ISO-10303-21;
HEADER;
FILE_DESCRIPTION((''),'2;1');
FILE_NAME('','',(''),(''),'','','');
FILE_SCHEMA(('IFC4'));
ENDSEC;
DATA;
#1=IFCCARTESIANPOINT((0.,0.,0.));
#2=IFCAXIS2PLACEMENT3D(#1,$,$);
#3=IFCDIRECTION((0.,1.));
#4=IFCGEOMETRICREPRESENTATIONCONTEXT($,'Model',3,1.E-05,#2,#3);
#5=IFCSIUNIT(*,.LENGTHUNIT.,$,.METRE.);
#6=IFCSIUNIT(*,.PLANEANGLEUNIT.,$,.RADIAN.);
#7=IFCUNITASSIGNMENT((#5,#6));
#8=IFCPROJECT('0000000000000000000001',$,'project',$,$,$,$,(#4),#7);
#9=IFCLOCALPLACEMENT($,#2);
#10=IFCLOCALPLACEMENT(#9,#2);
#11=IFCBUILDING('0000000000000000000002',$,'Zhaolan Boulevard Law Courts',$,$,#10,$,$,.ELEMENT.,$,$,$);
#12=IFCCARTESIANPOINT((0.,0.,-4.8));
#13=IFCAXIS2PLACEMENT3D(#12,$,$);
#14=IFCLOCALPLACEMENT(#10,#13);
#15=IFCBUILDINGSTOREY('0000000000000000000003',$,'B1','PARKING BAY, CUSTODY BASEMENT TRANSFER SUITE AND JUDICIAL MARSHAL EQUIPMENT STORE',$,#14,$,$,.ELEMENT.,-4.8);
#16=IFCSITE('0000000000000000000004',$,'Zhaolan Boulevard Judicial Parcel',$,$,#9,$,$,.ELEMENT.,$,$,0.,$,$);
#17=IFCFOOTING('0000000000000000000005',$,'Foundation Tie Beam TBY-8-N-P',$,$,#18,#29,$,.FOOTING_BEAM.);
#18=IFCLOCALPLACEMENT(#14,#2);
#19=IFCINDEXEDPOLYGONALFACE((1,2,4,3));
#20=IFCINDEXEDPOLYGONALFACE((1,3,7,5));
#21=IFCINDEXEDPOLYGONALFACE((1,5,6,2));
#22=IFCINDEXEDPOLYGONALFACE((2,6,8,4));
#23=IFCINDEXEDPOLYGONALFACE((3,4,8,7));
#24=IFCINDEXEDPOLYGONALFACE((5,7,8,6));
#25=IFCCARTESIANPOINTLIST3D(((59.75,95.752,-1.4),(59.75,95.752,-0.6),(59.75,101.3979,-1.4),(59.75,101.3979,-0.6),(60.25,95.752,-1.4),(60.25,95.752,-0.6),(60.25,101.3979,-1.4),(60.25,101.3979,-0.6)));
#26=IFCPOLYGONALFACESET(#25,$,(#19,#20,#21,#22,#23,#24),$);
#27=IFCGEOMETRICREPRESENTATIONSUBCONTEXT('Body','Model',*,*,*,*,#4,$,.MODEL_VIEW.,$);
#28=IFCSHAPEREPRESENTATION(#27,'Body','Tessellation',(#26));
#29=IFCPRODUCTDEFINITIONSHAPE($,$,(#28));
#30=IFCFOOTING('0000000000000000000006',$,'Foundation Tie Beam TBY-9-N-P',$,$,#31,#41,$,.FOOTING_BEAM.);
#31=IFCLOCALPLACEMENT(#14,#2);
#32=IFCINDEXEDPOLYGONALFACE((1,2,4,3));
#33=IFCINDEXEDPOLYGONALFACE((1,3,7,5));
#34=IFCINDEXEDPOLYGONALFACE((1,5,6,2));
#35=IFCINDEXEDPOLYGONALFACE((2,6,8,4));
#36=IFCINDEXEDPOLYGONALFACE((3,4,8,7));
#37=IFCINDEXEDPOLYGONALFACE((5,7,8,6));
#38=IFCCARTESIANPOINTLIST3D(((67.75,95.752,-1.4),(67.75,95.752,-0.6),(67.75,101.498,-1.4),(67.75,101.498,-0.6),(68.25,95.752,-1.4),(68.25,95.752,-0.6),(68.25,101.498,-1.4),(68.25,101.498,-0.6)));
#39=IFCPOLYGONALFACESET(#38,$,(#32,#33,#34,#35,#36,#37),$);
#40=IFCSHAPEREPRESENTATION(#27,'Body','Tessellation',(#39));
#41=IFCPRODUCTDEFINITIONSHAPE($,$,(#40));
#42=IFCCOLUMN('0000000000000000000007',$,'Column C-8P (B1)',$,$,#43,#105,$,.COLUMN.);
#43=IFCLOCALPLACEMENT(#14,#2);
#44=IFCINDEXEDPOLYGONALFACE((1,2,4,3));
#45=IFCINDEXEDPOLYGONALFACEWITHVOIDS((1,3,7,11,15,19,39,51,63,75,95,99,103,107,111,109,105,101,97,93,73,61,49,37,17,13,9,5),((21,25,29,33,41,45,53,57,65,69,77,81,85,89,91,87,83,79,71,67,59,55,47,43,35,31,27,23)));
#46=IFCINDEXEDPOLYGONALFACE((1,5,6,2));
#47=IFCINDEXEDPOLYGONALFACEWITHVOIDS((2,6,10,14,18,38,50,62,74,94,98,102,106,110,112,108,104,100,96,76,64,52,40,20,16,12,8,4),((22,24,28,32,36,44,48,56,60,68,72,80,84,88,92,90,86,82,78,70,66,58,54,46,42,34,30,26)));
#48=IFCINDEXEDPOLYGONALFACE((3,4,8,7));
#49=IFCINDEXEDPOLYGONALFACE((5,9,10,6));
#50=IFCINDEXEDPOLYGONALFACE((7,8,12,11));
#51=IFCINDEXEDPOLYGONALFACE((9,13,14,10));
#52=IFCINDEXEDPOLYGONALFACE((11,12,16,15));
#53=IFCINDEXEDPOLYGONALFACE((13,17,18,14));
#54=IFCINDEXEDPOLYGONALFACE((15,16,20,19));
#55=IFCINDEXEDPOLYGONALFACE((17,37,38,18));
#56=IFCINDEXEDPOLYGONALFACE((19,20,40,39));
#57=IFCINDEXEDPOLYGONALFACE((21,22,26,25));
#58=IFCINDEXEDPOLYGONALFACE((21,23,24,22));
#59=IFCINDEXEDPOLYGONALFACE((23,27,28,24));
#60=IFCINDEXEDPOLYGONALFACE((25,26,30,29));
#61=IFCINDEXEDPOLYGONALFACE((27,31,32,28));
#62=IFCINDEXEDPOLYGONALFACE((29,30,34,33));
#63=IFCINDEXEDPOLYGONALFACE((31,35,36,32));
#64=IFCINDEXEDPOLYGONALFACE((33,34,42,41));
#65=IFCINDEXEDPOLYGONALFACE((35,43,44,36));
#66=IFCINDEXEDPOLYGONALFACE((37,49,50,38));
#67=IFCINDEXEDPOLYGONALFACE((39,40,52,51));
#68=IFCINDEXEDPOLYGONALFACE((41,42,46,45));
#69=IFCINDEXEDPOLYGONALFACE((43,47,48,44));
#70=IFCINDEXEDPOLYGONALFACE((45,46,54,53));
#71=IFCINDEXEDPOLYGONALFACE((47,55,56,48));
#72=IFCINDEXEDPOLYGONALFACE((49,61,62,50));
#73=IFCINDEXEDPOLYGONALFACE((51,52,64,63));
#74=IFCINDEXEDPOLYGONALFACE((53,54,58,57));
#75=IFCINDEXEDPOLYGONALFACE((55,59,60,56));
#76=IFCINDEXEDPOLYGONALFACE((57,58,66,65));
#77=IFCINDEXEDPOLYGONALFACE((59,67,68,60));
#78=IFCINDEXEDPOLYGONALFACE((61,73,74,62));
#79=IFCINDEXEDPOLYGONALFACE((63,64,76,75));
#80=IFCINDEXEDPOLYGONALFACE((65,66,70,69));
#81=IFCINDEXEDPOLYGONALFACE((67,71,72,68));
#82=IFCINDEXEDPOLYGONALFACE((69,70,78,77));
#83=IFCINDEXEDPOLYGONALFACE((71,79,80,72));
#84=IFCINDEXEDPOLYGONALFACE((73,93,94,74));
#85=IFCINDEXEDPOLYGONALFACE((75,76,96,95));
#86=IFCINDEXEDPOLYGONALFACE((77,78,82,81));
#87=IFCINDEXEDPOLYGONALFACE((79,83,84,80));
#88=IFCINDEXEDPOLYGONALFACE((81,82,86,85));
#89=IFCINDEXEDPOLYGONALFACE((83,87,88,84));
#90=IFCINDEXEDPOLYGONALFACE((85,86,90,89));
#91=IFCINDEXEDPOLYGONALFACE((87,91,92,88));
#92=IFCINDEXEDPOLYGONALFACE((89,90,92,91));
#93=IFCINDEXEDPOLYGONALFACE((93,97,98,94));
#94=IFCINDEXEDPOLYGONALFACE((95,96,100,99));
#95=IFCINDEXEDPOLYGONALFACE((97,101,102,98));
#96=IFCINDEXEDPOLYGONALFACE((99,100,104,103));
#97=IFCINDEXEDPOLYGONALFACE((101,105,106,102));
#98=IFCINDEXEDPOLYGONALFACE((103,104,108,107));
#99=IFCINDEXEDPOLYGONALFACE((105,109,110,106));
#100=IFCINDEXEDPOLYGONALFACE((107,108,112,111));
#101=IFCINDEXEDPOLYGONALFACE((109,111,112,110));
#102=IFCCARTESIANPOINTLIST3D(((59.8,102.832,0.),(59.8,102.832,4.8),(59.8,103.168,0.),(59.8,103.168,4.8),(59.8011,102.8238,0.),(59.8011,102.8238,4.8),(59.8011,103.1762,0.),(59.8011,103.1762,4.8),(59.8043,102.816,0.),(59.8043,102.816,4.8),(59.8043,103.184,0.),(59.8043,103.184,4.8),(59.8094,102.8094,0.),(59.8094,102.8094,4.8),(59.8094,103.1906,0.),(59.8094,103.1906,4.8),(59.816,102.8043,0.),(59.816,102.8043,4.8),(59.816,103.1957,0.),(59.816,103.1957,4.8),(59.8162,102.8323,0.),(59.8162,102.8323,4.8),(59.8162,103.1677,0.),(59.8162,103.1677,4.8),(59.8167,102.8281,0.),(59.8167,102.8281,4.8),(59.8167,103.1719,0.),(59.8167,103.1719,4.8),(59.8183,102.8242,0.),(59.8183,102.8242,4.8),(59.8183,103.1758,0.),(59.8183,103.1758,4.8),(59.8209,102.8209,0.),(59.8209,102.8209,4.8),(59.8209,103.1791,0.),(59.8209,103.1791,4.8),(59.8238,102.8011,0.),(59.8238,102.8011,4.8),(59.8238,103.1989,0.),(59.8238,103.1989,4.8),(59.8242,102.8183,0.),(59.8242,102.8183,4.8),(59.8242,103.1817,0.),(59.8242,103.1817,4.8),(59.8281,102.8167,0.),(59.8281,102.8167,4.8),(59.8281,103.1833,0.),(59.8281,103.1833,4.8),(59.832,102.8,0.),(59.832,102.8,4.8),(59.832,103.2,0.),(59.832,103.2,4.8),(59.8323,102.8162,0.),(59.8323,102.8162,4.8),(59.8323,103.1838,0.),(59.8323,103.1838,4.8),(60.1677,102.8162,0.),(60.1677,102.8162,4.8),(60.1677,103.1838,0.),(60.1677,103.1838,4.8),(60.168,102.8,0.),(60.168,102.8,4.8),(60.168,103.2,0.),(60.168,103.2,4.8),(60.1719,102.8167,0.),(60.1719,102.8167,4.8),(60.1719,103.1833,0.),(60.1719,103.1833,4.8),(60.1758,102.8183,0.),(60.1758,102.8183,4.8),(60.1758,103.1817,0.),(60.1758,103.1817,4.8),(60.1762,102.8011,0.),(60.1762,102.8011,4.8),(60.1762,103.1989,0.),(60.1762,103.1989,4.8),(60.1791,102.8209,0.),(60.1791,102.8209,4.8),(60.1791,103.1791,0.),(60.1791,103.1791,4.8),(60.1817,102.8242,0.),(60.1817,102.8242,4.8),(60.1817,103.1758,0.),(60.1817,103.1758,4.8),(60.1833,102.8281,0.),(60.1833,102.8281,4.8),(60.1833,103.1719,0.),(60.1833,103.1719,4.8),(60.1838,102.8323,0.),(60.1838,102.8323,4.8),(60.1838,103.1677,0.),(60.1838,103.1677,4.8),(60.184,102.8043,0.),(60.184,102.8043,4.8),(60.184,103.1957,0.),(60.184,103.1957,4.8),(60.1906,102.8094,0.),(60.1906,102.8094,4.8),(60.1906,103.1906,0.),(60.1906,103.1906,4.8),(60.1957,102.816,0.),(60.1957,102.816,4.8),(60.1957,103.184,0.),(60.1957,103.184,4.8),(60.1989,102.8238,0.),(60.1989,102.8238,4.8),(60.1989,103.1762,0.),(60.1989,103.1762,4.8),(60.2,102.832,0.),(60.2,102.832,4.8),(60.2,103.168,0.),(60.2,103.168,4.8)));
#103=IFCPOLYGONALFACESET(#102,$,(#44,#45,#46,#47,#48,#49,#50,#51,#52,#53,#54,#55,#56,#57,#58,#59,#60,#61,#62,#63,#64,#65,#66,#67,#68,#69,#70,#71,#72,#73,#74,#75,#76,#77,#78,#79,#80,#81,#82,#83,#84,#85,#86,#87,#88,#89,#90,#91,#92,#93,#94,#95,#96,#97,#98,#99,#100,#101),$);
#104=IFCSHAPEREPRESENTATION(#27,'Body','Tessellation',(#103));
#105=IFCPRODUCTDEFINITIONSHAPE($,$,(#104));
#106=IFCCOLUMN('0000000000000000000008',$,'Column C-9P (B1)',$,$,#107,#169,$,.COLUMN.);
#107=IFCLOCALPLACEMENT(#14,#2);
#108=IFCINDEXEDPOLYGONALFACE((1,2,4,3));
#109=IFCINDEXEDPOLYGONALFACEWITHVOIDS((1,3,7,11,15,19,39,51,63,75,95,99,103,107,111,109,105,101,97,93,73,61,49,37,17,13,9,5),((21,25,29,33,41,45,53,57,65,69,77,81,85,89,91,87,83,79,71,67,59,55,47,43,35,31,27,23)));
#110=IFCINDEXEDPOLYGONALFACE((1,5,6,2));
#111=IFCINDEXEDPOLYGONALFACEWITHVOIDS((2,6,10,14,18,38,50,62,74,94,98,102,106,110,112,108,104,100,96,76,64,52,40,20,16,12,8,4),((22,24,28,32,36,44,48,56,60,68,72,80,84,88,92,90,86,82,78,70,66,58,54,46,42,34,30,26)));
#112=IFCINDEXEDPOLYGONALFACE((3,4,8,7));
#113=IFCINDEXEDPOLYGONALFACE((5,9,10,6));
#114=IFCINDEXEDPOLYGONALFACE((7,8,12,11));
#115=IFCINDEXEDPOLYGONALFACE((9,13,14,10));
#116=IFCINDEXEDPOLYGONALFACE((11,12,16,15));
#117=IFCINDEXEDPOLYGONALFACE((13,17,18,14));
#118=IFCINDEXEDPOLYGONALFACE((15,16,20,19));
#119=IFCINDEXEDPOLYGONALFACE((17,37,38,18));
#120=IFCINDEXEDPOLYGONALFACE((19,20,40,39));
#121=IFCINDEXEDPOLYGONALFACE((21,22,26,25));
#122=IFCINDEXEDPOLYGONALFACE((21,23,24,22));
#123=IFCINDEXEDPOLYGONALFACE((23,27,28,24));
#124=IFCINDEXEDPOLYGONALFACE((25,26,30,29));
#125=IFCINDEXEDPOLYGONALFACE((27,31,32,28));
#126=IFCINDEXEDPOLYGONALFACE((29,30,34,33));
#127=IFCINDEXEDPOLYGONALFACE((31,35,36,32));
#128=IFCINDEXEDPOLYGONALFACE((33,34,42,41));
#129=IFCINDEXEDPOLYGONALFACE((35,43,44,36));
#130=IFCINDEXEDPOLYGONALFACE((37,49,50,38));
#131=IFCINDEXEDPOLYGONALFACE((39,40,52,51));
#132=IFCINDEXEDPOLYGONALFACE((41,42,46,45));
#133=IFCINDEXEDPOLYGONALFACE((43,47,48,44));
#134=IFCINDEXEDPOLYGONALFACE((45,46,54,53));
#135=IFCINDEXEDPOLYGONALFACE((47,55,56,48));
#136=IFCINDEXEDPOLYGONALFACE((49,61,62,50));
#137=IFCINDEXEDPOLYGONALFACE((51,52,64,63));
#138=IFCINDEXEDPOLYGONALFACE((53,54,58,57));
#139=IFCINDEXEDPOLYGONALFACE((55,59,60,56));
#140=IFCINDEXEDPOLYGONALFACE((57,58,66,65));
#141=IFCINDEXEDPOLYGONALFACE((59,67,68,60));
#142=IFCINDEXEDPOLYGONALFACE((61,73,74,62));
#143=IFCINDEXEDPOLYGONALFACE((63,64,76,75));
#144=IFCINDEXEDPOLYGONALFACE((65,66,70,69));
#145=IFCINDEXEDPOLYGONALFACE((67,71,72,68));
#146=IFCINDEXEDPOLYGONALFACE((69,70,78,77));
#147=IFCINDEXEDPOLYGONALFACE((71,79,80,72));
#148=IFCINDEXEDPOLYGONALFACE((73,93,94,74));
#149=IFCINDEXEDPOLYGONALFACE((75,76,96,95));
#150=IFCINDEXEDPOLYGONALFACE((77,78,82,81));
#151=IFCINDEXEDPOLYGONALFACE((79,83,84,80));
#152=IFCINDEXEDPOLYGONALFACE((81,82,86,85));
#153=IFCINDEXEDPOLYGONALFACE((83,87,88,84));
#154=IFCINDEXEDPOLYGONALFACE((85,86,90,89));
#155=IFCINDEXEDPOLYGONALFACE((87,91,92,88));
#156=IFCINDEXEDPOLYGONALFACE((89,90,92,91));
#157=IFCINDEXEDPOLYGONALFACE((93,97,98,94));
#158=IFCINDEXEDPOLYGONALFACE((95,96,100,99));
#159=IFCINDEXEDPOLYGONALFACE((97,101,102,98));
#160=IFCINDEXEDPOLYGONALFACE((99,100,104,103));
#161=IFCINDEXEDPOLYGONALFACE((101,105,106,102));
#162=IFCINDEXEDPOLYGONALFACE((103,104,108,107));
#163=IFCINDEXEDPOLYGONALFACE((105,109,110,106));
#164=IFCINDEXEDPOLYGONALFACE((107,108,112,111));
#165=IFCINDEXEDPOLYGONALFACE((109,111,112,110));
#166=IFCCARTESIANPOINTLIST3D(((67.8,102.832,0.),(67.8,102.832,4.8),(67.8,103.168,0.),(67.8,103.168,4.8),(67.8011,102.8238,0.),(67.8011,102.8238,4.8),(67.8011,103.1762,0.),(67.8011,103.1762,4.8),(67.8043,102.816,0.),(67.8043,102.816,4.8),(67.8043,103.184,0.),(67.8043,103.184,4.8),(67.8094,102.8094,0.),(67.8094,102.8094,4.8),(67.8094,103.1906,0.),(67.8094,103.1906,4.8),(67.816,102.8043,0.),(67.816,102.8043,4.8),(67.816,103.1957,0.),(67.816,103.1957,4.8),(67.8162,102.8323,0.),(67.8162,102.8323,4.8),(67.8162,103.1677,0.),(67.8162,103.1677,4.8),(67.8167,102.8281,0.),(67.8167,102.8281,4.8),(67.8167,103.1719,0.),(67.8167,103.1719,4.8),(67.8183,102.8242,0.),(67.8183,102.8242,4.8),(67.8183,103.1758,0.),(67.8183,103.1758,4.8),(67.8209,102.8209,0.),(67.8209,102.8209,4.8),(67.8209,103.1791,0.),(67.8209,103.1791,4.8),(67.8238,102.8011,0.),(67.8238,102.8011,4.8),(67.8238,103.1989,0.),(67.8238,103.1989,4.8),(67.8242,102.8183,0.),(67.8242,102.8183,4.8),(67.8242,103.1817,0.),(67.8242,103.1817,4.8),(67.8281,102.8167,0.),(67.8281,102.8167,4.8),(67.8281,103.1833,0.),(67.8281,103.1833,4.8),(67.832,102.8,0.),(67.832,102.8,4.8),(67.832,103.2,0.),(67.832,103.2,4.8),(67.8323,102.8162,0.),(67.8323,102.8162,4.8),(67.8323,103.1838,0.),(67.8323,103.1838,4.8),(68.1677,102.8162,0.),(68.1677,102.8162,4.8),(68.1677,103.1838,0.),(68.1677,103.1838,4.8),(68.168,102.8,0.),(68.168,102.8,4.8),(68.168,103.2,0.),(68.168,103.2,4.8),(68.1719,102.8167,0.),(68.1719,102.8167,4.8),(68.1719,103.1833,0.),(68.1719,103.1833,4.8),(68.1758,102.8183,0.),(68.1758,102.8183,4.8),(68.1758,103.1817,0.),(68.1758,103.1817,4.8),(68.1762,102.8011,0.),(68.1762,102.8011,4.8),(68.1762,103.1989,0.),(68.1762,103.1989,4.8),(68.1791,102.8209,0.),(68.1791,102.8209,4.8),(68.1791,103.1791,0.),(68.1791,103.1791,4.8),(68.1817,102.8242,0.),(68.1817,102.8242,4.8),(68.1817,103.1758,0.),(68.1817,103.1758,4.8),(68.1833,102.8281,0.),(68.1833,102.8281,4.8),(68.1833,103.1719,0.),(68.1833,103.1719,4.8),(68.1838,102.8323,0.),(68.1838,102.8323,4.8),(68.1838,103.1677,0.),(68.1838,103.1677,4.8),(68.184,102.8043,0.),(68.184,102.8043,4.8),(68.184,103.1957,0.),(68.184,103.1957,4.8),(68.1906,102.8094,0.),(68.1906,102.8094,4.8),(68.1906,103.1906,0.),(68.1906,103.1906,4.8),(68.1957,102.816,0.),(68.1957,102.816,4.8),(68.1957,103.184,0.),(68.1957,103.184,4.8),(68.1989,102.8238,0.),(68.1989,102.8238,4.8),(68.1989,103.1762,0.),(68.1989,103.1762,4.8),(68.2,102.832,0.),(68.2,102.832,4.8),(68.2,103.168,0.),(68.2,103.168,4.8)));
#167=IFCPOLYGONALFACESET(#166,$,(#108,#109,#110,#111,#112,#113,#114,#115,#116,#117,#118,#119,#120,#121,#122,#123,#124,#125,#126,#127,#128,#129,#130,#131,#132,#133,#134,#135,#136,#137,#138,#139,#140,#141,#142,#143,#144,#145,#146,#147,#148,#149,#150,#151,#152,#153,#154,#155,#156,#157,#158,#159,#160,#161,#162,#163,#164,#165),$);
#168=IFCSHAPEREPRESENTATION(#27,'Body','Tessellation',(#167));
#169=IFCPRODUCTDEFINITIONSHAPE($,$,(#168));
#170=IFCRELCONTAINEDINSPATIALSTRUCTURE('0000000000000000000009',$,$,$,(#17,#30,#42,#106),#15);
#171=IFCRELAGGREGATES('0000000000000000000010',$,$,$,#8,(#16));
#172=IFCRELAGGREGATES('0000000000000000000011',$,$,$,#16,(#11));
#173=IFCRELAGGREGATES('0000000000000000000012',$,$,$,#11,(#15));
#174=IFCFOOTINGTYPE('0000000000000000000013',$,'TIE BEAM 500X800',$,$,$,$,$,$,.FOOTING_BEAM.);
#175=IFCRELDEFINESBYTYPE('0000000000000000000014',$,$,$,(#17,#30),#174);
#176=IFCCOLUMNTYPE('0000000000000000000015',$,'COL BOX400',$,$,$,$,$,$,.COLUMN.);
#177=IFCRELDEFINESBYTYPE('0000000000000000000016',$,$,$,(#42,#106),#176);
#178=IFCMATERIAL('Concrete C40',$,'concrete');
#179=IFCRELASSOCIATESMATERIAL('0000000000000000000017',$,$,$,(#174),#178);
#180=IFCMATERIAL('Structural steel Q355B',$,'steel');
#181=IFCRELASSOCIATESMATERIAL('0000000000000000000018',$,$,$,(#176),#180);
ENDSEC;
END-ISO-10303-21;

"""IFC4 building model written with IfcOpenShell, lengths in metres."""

from ifc_helpers import new_model, si_unit, direction, frame, origin, origin_2d, place, context, subcontext, project, spatial, rectangle, hollow_rectangle, extrude, material, material_profile, profile_set, type_object, element, save


model = new_model("IFC4")

# Units and contexts
model_context = context("Model", 3, precision=1e-05, world=origin(), true_north=direction((0.0, 1.0)))
body_context = subcontext(model_context, "Body", "Model", "MODEL_VIEW")
ifc_project = project(units=[si_unit("LENGTHUNIT", "METRE"), si_unit("PLANEANGLEUNIT", "RADIAN")], contexts=[model_context])

# Site, building, storey
site_placement = place(None, origin())
site = spatial("IfcSite", under=ifc_project, at=site_placement, Name="Zhaolan Boulevard Judicial Parcel", CompositionType="ELEMENT", RefElevation=0.0)
building_placement = place(site_placement, origin())
building = spatial("IfcBuilding", under=site, at=building_placement, Name="Zhaolan Boulevard Law Courts", CompositionType="ELEMENT")
storey_placement = place(building_placement, frame((0.0, 0.0, -4.8)))
storey = spatial("IfcBuildingStorey", under=building, at=storey_placement, Name="B1", Description="PARKING BAY, CUSTODY BASEMENT TRANSFER SUITE AND JUDICIAL MARSHAL EQUIPMENT STORE", CompositionType="ELEMENT", Elevation=-4.8)

# Footings
ifc_material_1 = material(Name="Concrete C40", Category="concrete")
ifc_material_profile_1 = material_profile(ifc_material_1, rectangle(XDim=0.5, YDim=0.8, at=origin_2d()), Name="RC500x800")
ifc_profile_set_1 = profile_set([ifc_material_profile_1], Name="Concrete C40")
footing_type_1 = type_object("IfcFootingType", Name="TIE BEAM 500X800", PredefinedType="FOOTING_BEAM", material=ifc_profile_set_1)
footing_1_placement = place(storey_placement, frame((60.0, 95.752, -1.0), z_axis=(0.0, 1.0, 0.0), x_axis=(-1.0, 0.0, 0.0)))
element("IfcFooting", 1, at=footing_1_placement, inside=storey, type_object=footing_type_1, Name="Foundation Tie Beam TBY-8-N-P", PredefinedType="FOOTING_BEAM", context=body_context, shape_type="SweptSolid", body=[
    extrude(rectangle(XDim=0.5, YDim=0.8, at=origin_2d()), origin(), (0.0, 0.0, 1.0), 5.646),
])
footing_2_placement = place(storey_placement, frame((68.0, 95.752, -1.0), z_axis=(0.0, 1.0, 0.0), x_axis=(-1.0, 0.0, 0.0)))
element("IfcFooting", 2, at=footing_2_placement, inside=storey, type_object=footing_type_1, Name="Foundation Tie Beam TBY-9-N-P", PredefinedType="FOOTING_BEAM", context=body_context, shape_type="SweptSolid", body=[
    extrude(rectangle(XDim=0.5, YDim=0.8, at=origin_2d()), origin(), (0.0, 0.0, 1.0), 5.7461),
])

# Columns
ifc_material_2 = material(Name="Structural steel Q355B", Category="steel")
ifc_material_profile_2 = material_profile(ifc_material_2, hollow_rectangle(XDim=0.3999, YDim=0.3999, WallThickness=0.0161, InnerFilletRadius=0.0161, OuterFilletRadius=0.032, at=origin_2d()), Name="BOX400x400x16")
ifc_profile_set_2 = profile_set([ifc_material_profile_2], Name="Structural steel Q355B")
column_type = type_object("IfcColumnType", Name="COL BOX400", PredefinedType="COLUMN", material=ifc_profile_set_2)
for number, where, z_axis, x_axis, name in (
    (3, (60.0, 103.0, 0.0), (0.0, 0.0, 1.0), (1.0, 0.0, 0.0), "Column C-8P (B1)"),
    (4, (68.0, 103.0, 0.0), (0.0, 0.0, 1.0), (1.0, 0.0, 0.0), "Column C-9P (B1)"),
):
    element("IfcColumn", number, at=place(storey_placement, frame(where, z_axis=z_axis, x_axis=x_axis)), inside=storey, type_object=column_type, Name=name, PredefinedType="COLUMN", context=body_context, shape_type="SweptSolid", body=[
        extrude(hollow_rectangle(XDim=0.3999, YDim=0.3999, WallThickness=0.0161, InnerFilletRadius=0.0161, OuterFilletRadius=0.032, at=origin_2d()), origin(), (0.0, 0.0, 1.0), 4.8),
    ])

save(model, "model.ifc")
